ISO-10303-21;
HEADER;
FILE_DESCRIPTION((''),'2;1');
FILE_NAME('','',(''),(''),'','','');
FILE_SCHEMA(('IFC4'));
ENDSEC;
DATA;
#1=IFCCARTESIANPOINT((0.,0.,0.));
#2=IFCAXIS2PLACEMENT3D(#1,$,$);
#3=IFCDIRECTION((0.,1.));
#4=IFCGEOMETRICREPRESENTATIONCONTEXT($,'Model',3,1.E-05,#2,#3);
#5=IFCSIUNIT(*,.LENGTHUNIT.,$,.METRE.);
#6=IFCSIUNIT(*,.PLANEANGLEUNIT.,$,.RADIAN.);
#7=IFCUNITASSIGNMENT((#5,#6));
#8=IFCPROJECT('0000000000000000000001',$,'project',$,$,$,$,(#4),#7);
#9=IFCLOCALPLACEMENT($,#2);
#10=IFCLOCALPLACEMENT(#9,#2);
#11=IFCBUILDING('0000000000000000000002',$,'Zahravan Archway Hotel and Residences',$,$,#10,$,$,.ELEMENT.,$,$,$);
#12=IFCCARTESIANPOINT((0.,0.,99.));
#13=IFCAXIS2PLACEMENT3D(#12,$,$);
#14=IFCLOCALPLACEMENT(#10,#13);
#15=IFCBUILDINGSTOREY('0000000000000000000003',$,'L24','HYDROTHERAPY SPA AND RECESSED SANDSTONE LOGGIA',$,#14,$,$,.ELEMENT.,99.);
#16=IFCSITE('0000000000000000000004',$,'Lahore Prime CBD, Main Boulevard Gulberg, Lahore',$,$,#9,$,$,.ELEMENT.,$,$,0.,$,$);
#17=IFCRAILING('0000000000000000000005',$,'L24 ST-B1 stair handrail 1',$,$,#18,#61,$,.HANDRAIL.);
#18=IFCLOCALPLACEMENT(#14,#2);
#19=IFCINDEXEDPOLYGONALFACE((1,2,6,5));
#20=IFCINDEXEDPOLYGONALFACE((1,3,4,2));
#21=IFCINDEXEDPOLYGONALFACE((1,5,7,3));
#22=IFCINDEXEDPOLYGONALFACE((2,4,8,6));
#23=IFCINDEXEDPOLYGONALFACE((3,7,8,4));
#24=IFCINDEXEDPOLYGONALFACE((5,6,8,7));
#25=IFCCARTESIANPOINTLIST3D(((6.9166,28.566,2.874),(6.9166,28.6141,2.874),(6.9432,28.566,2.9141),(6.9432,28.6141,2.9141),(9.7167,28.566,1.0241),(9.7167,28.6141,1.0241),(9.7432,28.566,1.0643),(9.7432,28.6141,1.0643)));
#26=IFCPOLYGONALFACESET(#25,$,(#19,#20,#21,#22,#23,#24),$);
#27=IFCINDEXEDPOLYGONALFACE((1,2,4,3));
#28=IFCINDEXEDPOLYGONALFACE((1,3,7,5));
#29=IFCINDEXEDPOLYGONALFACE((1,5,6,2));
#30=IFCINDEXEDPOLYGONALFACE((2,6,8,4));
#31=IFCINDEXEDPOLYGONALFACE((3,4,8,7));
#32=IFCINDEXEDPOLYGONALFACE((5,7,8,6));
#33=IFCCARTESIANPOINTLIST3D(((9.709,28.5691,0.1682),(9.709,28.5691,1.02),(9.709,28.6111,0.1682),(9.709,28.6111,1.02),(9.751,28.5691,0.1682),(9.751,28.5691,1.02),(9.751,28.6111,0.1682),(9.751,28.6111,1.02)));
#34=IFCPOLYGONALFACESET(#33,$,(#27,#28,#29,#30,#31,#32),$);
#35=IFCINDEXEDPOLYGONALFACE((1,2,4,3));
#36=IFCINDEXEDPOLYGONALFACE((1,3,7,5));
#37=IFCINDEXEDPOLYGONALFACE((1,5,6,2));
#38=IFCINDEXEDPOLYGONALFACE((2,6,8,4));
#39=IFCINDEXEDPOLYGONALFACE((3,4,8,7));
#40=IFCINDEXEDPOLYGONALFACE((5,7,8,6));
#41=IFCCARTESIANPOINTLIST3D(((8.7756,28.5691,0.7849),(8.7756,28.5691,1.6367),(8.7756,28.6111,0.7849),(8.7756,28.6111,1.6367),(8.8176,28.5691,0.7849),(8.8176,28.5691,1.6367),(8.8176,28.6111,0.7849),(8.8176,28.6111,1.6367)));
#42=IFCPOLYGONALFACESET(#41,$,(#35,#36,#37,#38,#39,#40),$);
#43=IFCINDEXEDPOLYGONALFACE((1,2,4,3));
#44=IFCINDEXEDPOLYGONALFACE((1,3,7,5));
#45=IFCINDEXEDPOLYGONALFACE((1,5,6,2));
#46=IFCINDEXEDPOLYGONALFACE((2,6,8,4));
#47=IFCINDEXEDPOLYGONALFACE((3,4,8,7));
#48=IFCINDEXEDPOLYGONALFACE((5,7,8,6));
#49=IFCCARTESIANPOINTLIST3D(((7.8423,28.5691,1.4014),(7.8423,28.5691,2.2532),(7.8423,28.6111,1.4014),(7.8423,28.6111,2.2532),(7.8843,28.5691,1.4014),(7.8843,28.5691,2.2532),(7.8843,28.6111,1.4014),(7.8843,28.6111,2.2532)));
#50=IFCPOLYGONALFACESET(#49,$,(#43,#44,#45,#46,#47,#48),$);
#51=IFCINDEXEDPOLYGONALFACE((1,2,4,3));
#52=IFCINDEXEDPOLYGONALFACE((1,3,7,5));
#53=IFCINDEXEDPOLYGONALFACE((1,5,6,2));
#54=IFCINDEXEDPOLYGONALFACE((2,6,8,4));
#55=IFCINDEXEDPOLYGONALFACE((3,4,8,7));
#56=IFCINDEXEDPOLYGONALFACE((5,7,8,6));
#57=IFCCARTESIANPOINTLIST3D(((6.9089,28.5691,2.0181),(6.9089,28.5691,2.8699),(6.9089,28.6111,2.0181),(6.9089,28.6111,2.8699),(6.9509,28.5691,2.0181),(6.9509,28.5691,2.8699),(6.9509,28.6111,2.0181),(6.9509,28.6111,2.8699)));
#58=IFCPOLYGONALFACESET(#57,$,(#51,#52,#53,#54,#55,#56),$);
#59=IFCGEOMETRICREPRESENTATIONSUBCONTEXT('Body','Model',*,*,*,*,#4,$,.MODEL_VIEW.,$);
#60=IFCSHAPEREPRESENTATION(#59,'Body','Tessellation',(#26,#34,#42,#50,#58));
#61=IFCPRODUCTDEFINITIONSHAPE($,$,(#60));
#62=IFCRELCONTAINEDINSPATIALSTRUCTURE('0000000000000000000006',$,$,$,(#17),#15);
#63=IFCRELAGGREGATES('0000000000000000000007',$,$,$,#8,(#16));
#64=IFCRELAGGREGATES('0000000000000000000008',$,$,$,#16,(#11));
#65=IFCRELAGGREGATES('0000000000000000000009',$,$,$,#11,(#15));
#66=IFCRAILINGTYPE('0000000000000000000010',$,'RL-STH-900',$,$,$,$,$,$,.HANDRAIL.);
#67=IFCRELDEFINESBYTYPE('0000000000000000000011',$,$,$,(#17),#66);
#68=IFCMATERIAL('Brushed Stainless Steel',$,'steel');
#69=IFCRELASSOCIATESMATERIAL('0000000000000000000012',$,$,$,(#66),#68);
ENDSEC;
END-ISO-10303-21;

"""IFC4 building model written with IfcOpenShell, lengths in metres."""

from ifc_helpers import new_model, si_unit, direction, frame, origin, origin_2d, place, context, subcontext, project, spatial, rectangle, extrude, material, type_object, element, save


model = new_model("IFC4")

# Units and contexts
model_context = context("Model", 3, precision=1e-05, world=origin(), true_north=direction((0.0, 1.0)))
body_context = subcontext(model_context, "Body", "Model", "MODEL_VIEW")
ifc_project = project(units=[si_unit("LENGTHUNIT", "METRE"), si_unit("PLANEANGLEUNIT", "RADIAN")], contexts=[model_context])

# Site, building, storey
site_placement = place(None, origin())
site = spatial("IfcSite", under=ifc_project, at=site_placement, Name="Lahore Prime CBD, Main Boulevard Gulberg, Lahore", CompositionType="ELEMENT", RefElevation=0.0)
building_placement = place(site_placement, origin())
building = spatial("IfcBuilding", under=site, at=building_placement, Name="Zahravan Archway Hotel and Residences", CompositionType="ELEMENT")
storey_placement = place(building_placement, frame((0.0, 0.0, 99.0)))
storey = spatial("IfcBuildingStorey", under=building, at=storey_placement, Name="L24", Description="HYDROTHERAPY SPA AND RECESSED SANDSTONE LOGGIA", CompositionType="ELEMENT", Elevation=99.0)

# Shared definitions
ifc_material_1 = material(Name="Brushed Stainless Steel", Category="steel")

# Railing
railing_type_1 = type_object("IfcRailingType", Name="RL-STH-900", PredefinedType="HANDRAIL", material=ifc_material_1)
railing_1_placement = place(storey_placement, frame((9.73, 28.5901, 0.1682)))
element("IfcRailing", 1, at=railing_1_placement, inside=storey, type_object=railing_type_1, Name="L24 ST-B1 stair handrail 1", PredefinedType="HANDRAIL", context=body_context, shape_type="SweptSolid", body=[
    extrude(rectangle(XDim=0.0481, YDim=0.0481, at=origin_2d()), frame((0.0, 0.0, 0.876), z_axis=(-0.83436, 0.0, 0.55122), x_axis=(0.0, -1.0, 0.0)), (0.0, 0.0, 1.0), 3.356),
    extrude(rectangle(XDim=0.042, YDim=0.042, at=origin_2d()), origin(), (0.0, 0.0, 1.0), 0.8518),
    extrude(rectangle(XDim=0.042, YDim=0.042, at=origin_2d()), frame((-0.9333, 0.0, 0.6167)), (0.0, 0.0, 1.0), 0.8518),
    extrude(rectangle(XDim=0.042, YDim=0.042, at=origin_2d()), frame((-1.8667, 0.0, 1.2332)), (0.0, 0.0, 1.0), 0.8518),
    extrude(rectangle(XDim=0.042, YDim=0.042, at=origin_2d()), frame((-2.8, 0.0, 1.8499)), (0.0, 0.0, 1.0), 0.8518),
])

save(model, "model.ifc")
